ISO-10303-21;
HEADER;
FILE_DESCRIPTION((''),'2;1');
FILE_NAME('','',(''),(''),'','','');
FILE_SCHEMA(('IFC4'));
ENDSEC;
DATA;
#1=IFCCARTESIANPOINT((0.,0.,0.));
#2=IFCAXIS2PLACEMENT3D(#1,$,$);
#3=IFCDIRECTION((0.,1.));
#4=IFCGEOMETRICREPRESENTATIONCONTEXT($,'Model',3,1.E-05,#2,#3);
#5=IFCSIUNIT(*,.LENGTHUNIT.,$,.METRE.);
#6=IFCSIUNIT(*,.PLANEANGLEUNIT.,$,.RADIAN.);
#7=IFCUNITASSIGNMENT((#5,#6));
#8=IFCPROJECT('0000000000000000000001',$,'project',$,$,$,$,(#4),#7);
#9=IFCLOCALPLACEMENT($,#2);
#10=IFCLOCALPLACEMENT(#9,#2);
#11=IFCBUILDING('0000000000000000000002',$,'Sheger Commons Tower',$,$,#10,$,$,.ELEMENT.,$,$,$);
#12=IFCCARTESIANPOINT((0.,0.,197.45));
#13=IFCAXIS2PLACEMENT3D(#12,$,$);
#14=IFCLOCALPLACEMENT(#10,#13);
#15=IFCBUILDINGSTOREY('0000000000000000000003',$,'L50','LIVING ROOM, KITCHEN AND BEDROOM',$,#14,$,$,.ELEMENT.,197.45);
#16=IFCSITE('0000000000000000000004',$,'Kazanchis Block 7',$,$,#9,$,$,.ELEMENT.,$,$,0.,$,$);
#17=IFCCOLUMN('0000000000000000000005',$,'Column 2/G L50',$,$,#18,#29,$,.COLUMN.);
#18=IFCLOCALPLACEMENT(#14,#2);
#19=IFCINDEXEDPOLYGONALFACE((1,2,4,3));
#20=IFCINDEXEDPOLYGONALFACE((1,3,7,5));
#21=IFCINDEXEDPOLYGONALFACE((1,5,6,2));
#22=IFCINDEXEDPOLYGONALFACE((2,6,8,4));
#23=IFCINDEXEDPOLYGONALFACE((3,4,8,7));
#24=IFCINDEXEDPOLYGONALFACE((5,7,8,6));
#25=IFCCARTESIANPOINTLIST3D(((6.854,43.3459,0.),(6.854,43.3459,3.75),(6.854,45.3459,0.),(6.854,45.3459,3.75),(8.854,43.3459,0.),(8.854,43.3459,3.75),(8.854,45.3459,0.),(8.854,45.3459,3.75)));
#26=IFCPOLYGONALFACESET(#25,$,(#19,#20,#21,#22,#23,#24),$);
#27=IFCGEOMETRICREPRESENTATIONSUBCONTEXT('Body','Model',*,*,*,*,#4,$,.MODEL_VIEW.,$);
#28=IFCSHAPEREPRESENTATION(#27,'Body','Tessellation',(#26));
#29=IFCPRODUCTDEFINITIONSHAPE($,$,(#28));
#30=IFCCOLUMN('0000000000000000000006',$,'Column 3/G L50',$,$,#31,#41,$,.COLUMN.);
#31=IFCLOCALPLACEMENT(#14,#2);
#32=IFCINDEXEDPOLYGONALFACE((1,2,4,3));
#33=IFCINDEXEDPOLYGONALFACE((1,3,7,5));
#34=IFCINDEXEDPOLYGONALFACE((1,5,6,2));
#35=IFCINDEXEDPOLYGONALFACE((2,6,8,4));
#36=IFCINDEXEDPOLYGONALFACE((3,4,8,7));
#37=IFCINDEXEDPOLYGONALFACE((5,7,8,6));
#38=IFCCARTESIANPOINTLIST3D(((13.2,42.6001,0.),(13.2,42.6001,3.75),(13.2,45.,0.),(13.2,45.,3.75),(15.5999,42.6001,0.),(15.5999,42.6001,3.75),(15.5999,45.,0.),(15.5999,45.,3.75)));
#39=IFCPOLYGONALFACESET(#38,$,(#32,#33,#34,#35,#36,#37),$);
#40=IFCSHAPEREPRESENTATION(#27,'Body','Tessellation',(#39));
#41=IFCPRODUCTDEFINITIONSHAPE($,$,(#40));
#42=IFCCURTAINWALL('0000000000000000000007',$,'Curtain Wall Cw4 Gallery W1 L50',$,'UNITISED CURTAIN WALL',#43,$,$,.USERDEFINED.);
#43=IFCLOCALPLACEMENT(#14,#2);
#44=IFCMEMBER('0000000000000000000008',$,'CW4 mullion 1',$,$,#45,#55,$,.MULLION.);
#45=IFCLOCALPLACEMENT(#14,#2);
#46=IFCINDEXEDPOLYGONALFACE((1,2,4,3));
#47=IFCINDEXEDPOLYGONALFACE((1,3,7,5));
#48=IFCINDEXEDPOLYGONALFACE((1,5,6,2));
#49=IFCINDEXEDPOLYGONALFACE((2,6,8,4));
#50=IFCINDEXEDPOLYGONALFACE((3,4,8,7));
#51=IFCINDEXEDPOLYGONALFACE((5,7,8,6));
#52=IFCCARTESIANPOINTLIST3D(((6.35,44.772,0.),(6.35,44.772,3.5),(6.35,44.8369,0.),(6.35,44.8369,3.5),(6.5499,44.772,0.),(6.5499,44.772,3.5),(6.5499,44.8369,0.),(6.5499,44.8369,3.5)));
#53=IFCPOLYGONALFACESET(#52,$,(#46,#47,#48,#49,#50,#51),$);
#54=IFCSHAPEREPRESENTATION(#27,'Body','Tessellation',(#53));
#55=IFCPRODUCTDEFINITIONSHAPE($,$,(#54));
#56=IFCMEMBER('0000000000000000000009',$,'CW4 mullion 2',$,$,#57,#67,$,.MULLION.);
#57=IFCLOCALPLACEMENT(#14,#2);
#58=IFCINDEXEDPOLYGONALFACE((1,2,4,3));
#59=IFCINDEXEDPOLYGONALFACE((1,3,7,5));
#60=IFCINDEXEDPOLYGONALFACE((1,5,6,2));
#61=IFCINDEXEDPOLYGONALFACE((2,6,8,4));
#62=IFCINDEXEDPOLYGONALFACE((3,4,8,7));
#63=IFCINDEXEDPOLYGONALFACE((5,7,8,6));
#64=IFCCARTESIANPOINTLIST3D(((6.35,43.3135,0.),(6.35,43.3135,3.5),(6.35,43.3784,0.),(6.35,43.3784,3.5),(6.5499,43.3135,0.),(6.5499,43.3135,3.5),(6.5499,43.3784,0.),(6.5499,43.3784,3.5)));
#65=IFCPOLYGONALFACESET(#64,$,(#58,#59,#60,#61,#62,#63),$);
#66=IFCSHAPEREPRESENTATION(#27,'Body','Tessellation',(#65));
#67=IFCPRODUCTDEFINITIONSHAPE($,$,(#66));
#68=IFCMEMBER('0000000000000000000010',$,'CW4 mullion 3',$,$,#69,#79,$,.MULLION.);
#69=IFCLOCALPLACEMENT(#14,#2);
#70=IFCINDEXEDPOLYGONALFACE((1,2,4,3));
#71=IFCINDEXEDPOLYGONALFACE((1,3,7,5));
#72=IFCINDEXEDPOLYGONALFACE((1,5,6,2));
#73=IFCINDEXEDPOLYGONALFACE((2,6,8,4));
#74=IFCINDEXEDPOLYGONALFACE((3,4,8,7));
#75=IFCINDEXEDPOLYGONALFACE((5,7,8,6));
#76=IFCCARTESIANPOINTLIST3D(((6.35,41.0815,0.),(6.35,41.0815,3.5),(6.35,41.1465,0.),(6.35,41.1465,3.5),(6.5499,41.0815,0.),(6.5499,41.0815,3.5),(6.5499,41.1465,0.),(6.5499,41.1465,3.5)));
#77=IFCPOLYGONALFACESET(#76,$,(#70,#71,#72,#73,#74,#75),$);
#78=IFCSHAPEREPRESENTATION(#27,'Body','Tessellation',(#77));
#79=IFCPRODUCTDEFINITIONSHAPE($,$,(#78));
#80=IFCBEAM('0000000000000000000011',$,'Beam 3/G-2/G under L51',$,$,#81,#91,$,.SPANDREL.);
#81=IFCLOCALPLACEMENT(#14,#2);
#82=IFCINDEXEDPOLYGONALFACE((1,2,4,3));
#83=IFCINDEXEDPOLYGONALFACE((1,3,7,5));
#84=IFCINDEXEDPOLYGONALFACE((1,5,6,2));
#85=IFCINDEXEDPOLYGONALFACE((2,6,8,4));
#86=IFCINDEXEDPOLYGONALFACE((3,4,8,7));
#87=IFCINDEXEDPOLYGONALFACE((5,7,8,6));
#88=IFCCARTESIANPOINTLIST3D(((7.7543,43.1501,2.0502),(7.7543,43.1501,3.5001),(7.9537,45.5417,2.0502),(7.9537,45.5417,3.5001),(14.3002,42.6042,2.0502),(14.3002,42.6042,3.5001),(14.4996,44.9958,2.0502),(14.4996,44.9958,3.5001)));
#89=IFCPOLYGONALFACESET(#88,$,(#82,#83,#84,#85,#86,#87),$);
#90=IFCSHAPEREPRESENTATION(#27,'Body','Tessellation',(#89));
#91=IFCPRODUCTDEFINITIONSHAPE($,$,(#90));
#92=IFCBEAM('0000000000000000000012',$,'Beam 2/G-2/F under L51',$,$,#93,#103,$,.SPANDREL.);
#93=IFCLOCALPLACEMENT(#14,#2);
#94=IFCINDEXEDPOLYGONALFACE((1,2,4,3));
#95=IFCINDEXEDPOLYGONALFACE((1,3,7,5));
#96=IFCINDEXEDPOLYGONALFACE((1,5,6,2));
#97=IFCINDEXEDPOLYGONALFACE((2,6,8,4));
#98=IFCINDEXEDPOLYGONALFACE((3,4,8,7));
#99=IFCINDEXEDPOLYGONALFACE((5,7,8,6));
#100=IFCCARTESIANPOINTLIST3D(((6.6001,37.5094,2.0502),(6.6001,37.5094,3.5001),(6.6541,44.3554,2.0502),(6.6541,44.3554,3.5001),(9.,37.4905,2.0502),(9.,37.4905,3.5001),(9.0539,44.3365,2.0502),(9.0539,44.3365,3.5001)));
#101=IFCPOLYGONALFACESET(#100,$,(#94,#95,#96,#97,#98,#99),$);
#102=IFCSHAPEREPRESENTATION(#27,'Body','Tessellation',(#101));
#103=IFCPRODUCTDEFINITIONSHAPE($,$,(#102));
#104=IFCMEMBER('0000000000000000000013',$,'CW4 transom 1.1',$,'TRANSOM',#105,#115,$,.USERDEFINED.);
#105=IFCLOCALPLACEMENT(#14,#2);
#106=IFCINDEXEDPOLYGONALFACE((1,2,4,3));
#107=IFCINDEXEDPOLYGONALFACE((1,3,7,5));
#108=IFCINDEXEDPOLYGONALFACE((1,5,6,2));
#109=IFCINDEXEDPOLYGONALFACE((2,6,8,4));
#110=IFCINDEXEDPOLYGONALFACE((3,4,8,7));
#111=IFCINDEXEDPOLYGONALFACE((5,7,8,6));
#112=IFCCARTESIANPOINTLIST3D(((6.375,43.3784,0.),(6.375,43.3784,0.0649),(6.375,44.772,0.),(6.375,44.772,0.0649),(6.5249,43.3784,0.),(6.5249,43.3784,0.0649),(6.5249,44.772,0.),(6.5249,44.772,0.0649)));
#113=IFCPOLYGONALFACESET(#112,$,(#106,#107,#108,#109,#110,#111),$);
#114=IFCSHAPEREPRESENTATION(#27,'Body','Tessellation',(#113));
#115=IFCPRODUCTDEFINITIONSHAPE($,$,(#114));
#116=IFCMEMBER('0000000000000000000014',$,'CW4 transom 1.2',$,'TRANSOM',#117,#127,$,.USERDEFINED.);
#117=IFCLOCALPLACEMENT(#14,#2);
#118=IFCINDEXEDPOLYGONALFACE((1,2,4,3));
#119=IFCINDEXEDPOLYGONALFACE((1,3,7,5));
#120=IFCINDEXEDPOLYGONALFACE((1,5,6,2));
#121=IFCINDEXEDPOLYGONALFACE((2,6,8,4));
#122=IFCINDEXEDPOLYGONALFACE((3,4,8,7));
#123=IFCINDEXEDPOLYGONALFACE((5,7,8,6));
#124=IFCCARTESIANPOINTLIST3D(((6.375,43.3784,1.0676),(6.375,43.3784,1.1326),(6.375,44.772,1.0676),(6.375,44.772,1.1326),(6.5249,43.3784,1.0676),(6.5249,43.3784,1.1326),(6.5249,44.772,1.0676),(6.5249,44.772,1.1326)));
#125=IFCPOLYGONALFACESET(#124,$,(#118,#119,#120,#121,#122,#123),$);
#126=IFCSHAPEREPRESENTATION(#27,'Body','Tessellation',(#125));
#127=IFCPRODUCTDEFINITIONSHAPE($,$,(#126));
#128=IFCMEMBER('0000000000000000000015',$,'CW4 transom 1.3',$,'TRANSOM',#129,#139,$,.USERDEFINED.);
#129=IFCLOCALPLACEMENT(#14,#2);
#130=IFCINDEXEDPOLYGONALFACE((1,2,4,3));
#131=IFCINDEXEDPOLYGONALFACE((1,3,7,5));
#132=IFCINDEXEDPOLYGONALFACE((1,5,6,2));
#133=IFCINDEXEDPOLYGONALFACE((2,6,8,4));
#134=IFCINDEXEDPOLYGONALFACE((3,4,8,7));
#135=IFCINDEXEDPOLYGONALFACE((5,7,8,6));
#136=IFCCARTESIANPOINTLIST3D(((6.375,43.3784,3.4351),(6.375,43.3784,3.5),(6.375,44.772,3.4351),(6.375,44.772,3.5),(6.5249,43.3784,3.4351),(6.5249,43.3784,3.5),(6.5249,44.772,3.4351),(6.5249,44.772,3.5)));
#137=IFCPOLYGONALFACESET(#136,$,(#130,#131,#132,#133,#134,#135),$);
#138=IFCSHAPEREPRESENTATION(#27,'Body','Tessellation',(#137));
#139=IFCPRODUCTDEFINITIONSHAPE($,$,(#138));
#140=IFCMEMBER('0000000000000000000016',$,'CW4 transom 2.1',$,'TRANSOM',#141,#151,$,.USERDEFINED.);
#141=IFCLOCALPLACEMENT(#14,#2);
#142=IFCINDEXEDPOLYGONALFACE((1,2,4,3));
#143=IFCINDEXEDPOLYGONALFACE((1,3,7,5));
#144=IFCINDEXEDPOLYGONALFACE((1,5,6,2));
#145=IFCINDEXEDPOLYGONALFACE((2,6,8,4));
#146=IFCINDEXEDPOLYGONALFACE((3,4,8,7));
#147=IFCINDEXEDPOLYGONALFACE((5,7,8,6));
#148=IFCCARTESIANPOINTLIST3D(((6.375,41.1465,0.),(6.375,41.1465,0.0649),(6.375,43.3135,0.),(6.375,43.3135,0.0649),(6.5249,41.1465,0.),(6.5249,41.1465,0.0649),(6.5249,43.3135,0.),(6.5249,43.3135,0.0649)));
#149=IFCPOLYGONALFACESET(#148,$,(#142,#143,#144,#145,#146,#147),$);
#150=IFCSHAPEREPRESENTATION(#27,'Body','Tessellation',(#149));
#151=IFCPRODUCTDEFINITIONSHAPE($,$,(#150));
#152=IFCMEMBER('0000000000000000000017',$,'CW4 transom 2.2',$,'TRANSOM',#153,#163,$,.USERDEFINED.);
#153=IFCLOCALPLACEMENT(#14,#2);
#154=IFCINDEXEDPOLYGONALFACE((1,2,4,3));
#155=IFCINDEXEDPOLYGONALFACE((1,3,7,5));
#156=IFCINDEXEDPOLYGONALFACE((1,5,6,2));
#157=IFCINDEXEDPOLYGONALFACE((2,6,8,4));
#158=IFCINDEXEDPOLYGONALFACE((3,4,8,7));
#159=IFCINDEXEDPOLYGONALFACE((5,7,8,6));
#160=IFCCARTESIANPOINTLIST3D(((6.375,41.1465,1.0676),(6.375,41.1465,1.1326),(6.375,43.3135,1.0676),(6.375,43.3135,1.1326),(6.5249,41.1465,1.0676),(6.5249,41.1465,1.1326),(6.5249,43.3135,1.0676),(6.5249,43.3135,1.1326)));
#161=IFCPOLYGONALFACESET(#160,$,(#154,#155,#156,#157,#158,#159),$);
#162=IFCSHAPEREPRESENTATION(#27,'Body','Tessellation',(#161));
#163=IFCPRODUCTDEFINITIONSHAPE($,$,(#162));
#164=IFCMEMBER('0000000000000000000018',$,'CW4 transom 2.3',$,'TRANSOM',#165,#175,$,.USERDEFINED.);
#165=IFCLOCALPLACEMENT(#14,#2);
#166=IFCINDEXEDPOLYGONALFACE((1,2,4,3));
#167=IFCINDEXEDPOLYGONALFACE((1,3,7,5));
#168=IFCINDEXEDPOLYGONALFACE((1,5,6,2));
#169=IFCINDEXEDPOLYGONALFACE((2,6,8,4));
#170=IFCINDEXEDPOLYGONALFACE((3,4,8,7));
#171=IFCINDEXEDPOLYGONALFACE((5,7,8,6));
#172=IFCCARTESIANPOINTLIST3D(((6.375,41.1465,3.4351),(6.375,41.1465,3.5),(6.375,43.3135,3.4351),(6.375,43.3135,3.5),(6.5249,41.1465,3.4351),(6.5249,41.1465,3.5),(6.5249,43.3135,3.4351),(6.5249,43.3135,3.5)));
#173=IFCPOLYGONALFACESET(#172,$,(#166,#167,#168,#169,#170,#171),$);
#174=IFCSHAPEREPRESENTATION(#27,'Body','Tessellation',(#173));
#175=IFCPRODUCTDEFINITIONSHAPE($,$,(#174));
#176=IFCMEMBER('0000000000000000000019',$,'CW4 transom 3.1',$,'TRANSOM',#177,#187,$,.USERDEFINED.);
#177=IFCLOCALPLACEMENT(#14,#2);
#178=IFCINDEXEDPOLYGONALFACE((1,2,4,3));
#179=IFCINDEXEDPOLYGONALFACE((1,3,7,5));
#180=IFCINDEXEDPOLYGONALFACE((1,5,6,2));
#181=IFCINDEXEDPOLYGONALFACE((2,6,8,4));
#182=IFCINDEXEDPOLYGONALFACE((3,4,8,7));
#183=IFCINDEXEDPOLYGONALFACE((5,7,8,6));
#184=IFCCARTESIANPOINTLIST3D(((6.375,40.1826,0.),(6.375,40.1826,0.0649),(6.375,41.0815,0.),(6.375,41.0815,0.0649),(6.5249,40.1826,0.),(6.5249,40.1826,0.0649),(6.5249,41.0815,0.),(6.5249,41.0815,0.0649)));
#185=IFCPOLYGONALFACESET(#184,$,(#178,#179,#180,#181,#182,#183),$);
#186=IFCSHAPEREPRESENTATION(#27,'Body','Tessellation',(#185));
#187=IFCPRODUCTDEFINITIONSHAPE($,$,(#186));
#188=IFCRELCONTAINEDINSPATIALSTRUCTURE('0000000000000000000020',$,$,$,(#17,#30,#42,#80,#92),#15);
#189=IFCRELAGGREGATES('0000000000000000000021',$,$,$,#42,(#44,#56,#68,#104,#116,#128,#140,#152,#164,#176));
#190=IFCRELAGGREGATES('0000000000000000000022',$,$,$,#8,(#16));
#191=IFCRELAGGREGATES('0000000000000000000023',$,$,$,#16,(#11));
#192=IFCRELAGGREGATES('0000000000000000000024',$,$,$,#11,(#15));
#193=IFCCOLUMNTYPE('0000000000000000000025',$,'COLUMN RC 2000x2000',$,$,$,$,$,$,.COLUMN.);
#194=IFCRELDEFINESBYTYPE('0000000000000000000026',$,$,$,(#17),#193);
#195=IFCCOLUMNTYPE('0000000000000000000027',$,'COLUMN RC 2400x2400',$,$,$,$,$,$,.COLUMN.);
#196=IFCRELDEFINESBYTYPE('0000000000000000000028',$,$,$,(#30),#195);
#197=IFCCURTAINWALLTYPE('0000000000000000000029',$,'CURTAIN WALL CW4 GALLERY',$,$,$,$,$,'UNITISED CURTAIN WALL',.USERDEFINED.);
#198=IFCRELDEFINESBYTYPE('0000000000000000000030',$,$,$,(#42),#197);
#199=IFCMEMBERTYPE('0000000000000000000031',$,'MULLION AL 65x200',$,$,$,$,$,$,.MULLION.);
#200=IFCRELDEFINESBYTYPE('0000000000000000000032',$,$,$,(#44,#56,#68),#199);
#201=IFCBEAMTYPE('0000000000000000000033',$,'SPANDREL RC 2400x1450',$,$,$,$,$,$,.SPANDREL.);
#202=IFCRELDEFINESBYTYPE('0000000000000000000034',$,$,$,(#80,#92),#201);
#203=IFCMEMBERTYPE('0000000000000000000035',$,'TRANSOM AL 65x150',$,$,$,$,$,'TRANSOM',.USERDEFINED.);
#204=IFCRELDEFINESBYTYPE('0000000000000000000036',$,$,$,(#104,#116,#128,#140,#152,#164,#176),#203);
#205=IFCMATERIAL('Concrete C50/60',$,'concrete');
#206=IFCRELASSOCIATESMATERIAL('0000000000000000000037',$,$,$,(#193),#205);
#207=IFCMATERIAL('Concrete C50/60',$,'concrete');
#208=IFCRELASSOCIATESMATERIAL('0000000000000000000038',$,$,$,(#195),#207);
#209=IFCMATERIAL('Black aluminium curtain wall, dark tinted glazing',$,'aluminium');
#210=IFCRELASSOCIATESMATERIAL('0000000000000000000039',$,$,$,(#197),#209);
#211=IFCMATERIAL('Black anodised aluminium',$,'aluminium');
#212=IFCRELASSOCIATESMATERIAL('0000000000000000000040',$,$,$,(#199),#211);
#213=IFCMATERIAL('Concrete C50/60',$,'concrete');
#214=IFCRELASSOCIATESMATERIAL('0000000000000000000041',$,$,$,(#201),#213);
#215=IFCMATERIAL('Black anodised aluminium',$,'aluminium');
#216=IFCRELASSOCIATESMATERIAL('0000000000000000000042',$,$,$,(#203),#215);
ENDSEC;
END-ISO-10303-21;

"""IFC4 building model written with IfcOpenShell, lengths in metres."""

from ifc_helpers import new_model, si_unit, direction, frame, origin, origin_2d, place, context, subcontext, project, spatial, rectangle, extrude, material, material_profile, profile_set, type_object, element, aggregate, save


model = new_model("IFC4")

# Units and contexts
model_context = context("Model", 3, precision=1e-05, world=origin(), true_north=direction((0.0, 1.0)))
body_context = subcontext(model_context, "Body", "Model", "MODEL_VIEW")
ifc_project = project(units=[si_unit("LENGTHUNIT", "METRE"), si_unit("PLANEANGLEUNIT", "RADIAN")], contexts=[model_context])

# Site, building, storey
site_placement = place(None, origin())
site = spatial("IfcSite", under=ifc_project, at=site_placement, Name="Kazanchis Block 7", CompositionType="ELEMENT", RefElevation=0.0)
building_placement = place(site_placement, origin())
building = spatial("IfcBuilding", under=site, at=building_placement, Name="Sheger Commons Tower", CompositionType="ELEMENT")
storey_placement = place(building_placement, frame((0.0, 0.0, 197.45)))
storey = spatial("IfcBuildingStorey", under=building, at=storey_placement, Name="L50", Description="LIVING ROOM, KITCHEN AND BEDROOM", CompositionType="ELEMENT", Elevation=197.45)

# Columns
ifc_material_1 = material(Name="Concrete C50/60", Category="concrete")
ifc_material_profile_1 = material_profile(ifc_material_1, rectangle(XDim=2.0, YDim=2.0, at=origin_2d()), Name="RC 2000x2000")
ifc_profile_set_1 = profile_set([ifc_material_profile_1], Name="Concrete C50/60")
column_type_1 = type_object("IfcColumnType", Name="COLUMN RC 2000x2000", PredefinedType="COLUMN", material=ifc_profile_set_1)
column_1_placement = place(storey_placement, frame((7.854, 44.3459, 0.0), z_axis=(0.0, 0.0, 1.0), x_axis=(1.0, 0.0, 0.0)))
element("IfcColumn", 1, at=column_1_placement, inside=storey, type_object=column_type_1, Name="Column 2/G L50", PredefinedType="COLUMN", context=body_context, shape_type="SweptSolid", body=[
    extrude(rectangle(XDim=2.0, YDim=2.0, at=origin_2d()), origin(), (0.0, 0.0, 1.0), 3.75),
])
ifc_material_2 = material(Name="Concrete C50/60", Category="concrete")
ifc_material_profile_2 = material_profile(ifc_material_2, rectangle(XDim=2.3999, YDim=2.3999, at=origin_2d()), Name="RC 2400x2400")
ifc_profile_set_2 = profile_set([ifc_material_profile_2], Name="Concrete C50/60")
column_type_2 = type_object("IfcColumnType", Name="COLUMN RC 2400x2400", PredefinedType="COLUMN", material=ifc_profile_set_2)
column_2_placement = place(storey_placement, frame((14.3999, 43.8, 0.0), z_axis=(0.0, 0.0, 1.0), x_axis=(1.0, 0.0, 0.0)))
element("IfcColumn", 2, at=column_2_placement, inside=storey, type_object=column_type_2, Name="Column 3/G L50", PredefinedType="COLUMN", context=body_context, shape_type="SweptSolid", body=[
    extrude(rectangle(XDim=2.3999, YDim=2.3999, at=origin_2d()), origin(), (0.0, 0.0, 1.0), 3.75),
])

# Curtain wall, members
ifc_material_3 = material(Name="Black aluminium curtain wall, dark tinted glazing", Category="aluminium")
curtain_wall_type = type_object("IfcCurtainWallType", Name="CURTAIN WALL CW4 GALLERY", ElementType="UNITISED CURTAIN WALL", PredefinedType="USERDEFINED", material=ifc_material_3)
curtain_wall_placement = place(storey_placement, origin())
curtain_wall = element("IfcCurtainWall", 3, at=curtain_wall_placement, inside=storey, type_object=curtain_wall_type, Name="Curtain Wall Cw4 Gallery W1 L50", ObjectType="UNITISED CURTAIN WALL", PredefinedType="USERDEFINED")
ifc_material_4 = material(Name="Black anodised aluminium", Category="aluminium")
ifc_material_profile_3 = material_profile(ifc_material_4, rectangle(XDim=0.2, YDim=0.0649, at=origin_2d()), Name="AL 65x200")
ifc_profile_set_3 = profile_set([ifc_material_profile_3], Name="Black anodised aluminium")
member_type_1 = type_object("IfcMemberType", Name="MULLION AL 65x200", PredefinedType="MULLION", material=ifc_profile_set_3)
member_1_placement = place(storey_placement, frame((6.45, 44.8044, 0.0), z_axis=(0.0, 0.0, 1.0), x_axis=(1.0, 0.0, 0.0)))
member_1 = element("IfcMember", 4, at=member_1_placement, type_object=member_type_1, Name="CW4 mullion 1", PredefinedType="MULLION", context=body_context, shape_type="SweptSolid", body=[
    extrude(rectangle(XDim=0.2, YDim=0.0649, at=origin_2d()), origin(), (0.0, 0.0, 1.0), 3.5),
])
member_2_placement = place(storey_placement, frame((6.45, 43.3459, 0.0), z_axis=(0.0, 0.0, 1.0), x_axis=(1.0, 0.0, 0.0)))
member_2 = element("IfcMember", 5, at=member_2_placement, type_object=member_type_1, Name="CW4 mullion 2", PredefinedType="MULLION", context=body_context, shape_type="SweptSolid", body=[
    extrude(rectangle(XDim=0.2, YDim=0.0649, at=origin_2d()), origin(), (0.0, 0.0, 1.0), 3.5),
])
member_3_placement = place(storey_placement, frame((6.45, 41.114, 0.0), z_axis=(0.0, 0.0, 1.0), x_axis=(1.0, 0.0, 0.0)))
member_3 = element("IfcMember", 6, at=member_3_placement, type_object=member_type_1, Name="CW4 mullion 3", PredefinedType="MULLION", context=body_context, shape_type="SweptSolid", body=[
    extrude(rectangle(XDim=0.2, YDim=0.0649, at=origin_2d()), origin(), (0.0, 0.0, 1.0), 3.5),
])

# Beams
ifc_material_5 = material(Name="Concrete C50/60", Category="concrete")
ifc_material_profile_4 = material_profile(ifc_material_5, rectangle(XDim=2.3999, YDim=1.45, at=origin_2d()), Name="RC 2400x1450")
ifc_profile_set_4 = profile_set([ifc_material_profile_4], Name="Concrete C50/60")
beam_type = type_object("IfcBeamType", Name="SPANDREL RC 2400x1450", PredefinedType="SPANDREL", material=ifc_profile_set_4)
beam_1_placement = place(storey_placement, frame((14.3999, 43.8, 2.7751), z_axis=(-0.996541, 0.083107, 0.0), x_axis=(-0.083107, -0.996541, 0.0)))
element("IfcBeam", 7, at=beam_1_placement, inside=storey, type_object=beam_type, Name="Beam 3/G-2/G under L51", PredefinedType="SPANDREL", context=body_context, shape_type="SweptSolid", body=[
    extrude(rectangle(XDim=2.3999, YDim=1.45, at=origin_2d()), origin(), (0.0, 0.0, 1.0), 6.5686),
])
beam_2_placement = place(storey_placement, frame((7.854, 44.3459, 2.7751), z_axis=(-0.007881, -0.999969, 0.0), x_axis=(0.999969, -0.007881, 0.0)))
element("IfcBeam", 8, at=beam_2_placement, inside=storey, type_object=beam_type, Name="Beam 2/G-2/F under L51", PredefinedType="SPANDREL", context=body_context, shape_type="SweptSolid", body=[
    extrude(rectangle(XDim=2.3999, YDim=1.45, at=origin_2d()), origin(), (0.0, 0.0, 1.0), 6.8462),
])

# Members
ifc_material_6 = material(Name="Black anodised aluminium", Category="aluminium")
ifc_material_profile_5 = material_profile(ifc_material_6, rectangle(XDim=0.1499, YDim=0.0649, at=origin_2d()), Name="AL 65x150")
ifc_profile_set_5 = profile_set([ifc_material_profile_5], Name="Black anodised aluminium")
member_type_2 = type_object("IfcMemberType", Name="TRANSOM AL 65x150", ElementType="TRANSOM", PredefinedType="USERDEFINED", material=ifc_profile_set_5)
member_4_placement = place(storey_placement, frame((6.45, 44.772, 0.0325), z_axis=(0.0, -1.0, 0.0), x_axis=(1.0, 0.0, 0.0)))
member_4 = element("IfcMember", 9, at=member_4_placement, type_object=member_type_2, Name="CW4 transom 1.1", ObjectType="TRANSOM", PredefinedType="USERDEFINED", context=body_context, shape_type="SweptSolid", body=[
    extrude(rectangle(XDim=0.1499, YDim=0.0649, at=origin_2d()), origin(), (0.0, 0.0, 1.0), 1.3936),
])
member_5_placement = place(storey_placement, frame((6.45, 44.772, 1.1001), z_axis=(0.0, -1.0, 0.0), x_axis=(1.0, 0.0, 0.0)))
member_5 = element("IfcMember", 10, at=member_5_placement, type_object=member_type_2, Name="CW4 transom 1.2", ObjectType="TRANSOM", PredefinedType="USERDEFINED", context=body_context, shape_type="SweptSolid", body=[
    extrude(rectangle(XDim=0.1499, YDim=0.0649, at=origin_2d()), origin(), (0.0, 0.0, 1.0), 1.3936),
])
member_6_placement = place(storey_placement, frame((6.45, 44.772, 3.4675), z_axis=(0.0, -1.0, 0.0), x_axis=(1.0, 0.0, 0.0)))
member_6 = element("IfcMember", 11, at=member_6_placement, type_object=member_type_2, Name="CW4 transom 1.3", ObjectType="TRANSOM", PredefinedType="USERDEFINED", context=body_context, shape_type="SweptSolid", body=[
    extrude(rectangle(XDim=0.1499, YDim=0.0649, at=origin_2d()), origin(), (0.0, 0.0, 1.0), 1.3936),
])
member_7_placement = place(storey_placement, frame((6.45, 43.3135, 0.0325), z_axis=(0.0, -1.0, 0.0), x_axis=(1.0, 0.0, 0.0)))
member_7 = element("IfcMember", 12, at=member_7_placement, type_object=member_type_2, Name="CW4 transom 2.1", ObjectType="TRANSOM", PredefinedType="USERDEFINED", context=body_context, shape_type="SweptSolid", body=[
    extrude(rectangle(XDim=0.1499, YDim=0.0649, at=origin_2d()), origin(), (0.0, 0.0, 1.0), 2.167),
])
member_8_placement = place(storey_placement, frame((6.45, 43.3135, 1.1001), z_axis=(0.0, -1.0, 0.0), x_axis=(1.0, 0.0, 0.0)))
member_8 = element("IfcMember", 13, at=member_8_placement, type_object=member_type_2, Name="CW4 transom 2.2", ObjectType="TRANSOM", PredefinedType="USERDEFINED", context=body_context, shape_type="SweptSolid", body=[
    extrude(rectangle(XDim=0.1499, YDim=0.0649, at=origin_2d()), origin(), (0.0, 0.0, 1.0), 2.167),
])
member_9_placement = place(storey_placement, frame((6.45, 43.3135, 3.4675), z_axis=(0.0, -1.0, 0.0), x_axis=(1.0, 0.0, 0.0)))
member_9 = element("IfcMember", 14, at=member_9_placement, type_object=member_type_2, Name="CW4 transom 2.3", ObjectType="TRANSOM", PredefinedType="USERDEFINED", context=body_context, shape_type="SweptSolid", body=[
    extrude(rectangle(XDim=0.1499, YDim=0.0649, at=origin_2d()), origin(), (0.0, 0.0, 1.0), 2.167),
])
member_10_placement = place(storey_placement, frame((6.45, 41.0815, 0.0325), z_axis=(0.0, -1.0, 0.0), x_axis=(1.0, 0.0, 0.0)))
member_10 = element("IfcMember", 15, at=member_10_placement, type_object=member_type_2, Name="CW4 transom 3.1", ObjectType="TRANSOM", PredefinedType="USERDEFINED", context=body_context, shape_type="SweptSolid", body=[
    extrude(rectangle(XDim=0.1499, YDim=0.0649, at=origin_2d()), origin(), (0.0, 0.0, 1.0), 0.8989),
])

aggregate(curtain_wall, [member_1, member_2, member_3, member_4, member_5, member_6, member_7, member_8, member_9, member_10])

save(model, "model.ifc")
